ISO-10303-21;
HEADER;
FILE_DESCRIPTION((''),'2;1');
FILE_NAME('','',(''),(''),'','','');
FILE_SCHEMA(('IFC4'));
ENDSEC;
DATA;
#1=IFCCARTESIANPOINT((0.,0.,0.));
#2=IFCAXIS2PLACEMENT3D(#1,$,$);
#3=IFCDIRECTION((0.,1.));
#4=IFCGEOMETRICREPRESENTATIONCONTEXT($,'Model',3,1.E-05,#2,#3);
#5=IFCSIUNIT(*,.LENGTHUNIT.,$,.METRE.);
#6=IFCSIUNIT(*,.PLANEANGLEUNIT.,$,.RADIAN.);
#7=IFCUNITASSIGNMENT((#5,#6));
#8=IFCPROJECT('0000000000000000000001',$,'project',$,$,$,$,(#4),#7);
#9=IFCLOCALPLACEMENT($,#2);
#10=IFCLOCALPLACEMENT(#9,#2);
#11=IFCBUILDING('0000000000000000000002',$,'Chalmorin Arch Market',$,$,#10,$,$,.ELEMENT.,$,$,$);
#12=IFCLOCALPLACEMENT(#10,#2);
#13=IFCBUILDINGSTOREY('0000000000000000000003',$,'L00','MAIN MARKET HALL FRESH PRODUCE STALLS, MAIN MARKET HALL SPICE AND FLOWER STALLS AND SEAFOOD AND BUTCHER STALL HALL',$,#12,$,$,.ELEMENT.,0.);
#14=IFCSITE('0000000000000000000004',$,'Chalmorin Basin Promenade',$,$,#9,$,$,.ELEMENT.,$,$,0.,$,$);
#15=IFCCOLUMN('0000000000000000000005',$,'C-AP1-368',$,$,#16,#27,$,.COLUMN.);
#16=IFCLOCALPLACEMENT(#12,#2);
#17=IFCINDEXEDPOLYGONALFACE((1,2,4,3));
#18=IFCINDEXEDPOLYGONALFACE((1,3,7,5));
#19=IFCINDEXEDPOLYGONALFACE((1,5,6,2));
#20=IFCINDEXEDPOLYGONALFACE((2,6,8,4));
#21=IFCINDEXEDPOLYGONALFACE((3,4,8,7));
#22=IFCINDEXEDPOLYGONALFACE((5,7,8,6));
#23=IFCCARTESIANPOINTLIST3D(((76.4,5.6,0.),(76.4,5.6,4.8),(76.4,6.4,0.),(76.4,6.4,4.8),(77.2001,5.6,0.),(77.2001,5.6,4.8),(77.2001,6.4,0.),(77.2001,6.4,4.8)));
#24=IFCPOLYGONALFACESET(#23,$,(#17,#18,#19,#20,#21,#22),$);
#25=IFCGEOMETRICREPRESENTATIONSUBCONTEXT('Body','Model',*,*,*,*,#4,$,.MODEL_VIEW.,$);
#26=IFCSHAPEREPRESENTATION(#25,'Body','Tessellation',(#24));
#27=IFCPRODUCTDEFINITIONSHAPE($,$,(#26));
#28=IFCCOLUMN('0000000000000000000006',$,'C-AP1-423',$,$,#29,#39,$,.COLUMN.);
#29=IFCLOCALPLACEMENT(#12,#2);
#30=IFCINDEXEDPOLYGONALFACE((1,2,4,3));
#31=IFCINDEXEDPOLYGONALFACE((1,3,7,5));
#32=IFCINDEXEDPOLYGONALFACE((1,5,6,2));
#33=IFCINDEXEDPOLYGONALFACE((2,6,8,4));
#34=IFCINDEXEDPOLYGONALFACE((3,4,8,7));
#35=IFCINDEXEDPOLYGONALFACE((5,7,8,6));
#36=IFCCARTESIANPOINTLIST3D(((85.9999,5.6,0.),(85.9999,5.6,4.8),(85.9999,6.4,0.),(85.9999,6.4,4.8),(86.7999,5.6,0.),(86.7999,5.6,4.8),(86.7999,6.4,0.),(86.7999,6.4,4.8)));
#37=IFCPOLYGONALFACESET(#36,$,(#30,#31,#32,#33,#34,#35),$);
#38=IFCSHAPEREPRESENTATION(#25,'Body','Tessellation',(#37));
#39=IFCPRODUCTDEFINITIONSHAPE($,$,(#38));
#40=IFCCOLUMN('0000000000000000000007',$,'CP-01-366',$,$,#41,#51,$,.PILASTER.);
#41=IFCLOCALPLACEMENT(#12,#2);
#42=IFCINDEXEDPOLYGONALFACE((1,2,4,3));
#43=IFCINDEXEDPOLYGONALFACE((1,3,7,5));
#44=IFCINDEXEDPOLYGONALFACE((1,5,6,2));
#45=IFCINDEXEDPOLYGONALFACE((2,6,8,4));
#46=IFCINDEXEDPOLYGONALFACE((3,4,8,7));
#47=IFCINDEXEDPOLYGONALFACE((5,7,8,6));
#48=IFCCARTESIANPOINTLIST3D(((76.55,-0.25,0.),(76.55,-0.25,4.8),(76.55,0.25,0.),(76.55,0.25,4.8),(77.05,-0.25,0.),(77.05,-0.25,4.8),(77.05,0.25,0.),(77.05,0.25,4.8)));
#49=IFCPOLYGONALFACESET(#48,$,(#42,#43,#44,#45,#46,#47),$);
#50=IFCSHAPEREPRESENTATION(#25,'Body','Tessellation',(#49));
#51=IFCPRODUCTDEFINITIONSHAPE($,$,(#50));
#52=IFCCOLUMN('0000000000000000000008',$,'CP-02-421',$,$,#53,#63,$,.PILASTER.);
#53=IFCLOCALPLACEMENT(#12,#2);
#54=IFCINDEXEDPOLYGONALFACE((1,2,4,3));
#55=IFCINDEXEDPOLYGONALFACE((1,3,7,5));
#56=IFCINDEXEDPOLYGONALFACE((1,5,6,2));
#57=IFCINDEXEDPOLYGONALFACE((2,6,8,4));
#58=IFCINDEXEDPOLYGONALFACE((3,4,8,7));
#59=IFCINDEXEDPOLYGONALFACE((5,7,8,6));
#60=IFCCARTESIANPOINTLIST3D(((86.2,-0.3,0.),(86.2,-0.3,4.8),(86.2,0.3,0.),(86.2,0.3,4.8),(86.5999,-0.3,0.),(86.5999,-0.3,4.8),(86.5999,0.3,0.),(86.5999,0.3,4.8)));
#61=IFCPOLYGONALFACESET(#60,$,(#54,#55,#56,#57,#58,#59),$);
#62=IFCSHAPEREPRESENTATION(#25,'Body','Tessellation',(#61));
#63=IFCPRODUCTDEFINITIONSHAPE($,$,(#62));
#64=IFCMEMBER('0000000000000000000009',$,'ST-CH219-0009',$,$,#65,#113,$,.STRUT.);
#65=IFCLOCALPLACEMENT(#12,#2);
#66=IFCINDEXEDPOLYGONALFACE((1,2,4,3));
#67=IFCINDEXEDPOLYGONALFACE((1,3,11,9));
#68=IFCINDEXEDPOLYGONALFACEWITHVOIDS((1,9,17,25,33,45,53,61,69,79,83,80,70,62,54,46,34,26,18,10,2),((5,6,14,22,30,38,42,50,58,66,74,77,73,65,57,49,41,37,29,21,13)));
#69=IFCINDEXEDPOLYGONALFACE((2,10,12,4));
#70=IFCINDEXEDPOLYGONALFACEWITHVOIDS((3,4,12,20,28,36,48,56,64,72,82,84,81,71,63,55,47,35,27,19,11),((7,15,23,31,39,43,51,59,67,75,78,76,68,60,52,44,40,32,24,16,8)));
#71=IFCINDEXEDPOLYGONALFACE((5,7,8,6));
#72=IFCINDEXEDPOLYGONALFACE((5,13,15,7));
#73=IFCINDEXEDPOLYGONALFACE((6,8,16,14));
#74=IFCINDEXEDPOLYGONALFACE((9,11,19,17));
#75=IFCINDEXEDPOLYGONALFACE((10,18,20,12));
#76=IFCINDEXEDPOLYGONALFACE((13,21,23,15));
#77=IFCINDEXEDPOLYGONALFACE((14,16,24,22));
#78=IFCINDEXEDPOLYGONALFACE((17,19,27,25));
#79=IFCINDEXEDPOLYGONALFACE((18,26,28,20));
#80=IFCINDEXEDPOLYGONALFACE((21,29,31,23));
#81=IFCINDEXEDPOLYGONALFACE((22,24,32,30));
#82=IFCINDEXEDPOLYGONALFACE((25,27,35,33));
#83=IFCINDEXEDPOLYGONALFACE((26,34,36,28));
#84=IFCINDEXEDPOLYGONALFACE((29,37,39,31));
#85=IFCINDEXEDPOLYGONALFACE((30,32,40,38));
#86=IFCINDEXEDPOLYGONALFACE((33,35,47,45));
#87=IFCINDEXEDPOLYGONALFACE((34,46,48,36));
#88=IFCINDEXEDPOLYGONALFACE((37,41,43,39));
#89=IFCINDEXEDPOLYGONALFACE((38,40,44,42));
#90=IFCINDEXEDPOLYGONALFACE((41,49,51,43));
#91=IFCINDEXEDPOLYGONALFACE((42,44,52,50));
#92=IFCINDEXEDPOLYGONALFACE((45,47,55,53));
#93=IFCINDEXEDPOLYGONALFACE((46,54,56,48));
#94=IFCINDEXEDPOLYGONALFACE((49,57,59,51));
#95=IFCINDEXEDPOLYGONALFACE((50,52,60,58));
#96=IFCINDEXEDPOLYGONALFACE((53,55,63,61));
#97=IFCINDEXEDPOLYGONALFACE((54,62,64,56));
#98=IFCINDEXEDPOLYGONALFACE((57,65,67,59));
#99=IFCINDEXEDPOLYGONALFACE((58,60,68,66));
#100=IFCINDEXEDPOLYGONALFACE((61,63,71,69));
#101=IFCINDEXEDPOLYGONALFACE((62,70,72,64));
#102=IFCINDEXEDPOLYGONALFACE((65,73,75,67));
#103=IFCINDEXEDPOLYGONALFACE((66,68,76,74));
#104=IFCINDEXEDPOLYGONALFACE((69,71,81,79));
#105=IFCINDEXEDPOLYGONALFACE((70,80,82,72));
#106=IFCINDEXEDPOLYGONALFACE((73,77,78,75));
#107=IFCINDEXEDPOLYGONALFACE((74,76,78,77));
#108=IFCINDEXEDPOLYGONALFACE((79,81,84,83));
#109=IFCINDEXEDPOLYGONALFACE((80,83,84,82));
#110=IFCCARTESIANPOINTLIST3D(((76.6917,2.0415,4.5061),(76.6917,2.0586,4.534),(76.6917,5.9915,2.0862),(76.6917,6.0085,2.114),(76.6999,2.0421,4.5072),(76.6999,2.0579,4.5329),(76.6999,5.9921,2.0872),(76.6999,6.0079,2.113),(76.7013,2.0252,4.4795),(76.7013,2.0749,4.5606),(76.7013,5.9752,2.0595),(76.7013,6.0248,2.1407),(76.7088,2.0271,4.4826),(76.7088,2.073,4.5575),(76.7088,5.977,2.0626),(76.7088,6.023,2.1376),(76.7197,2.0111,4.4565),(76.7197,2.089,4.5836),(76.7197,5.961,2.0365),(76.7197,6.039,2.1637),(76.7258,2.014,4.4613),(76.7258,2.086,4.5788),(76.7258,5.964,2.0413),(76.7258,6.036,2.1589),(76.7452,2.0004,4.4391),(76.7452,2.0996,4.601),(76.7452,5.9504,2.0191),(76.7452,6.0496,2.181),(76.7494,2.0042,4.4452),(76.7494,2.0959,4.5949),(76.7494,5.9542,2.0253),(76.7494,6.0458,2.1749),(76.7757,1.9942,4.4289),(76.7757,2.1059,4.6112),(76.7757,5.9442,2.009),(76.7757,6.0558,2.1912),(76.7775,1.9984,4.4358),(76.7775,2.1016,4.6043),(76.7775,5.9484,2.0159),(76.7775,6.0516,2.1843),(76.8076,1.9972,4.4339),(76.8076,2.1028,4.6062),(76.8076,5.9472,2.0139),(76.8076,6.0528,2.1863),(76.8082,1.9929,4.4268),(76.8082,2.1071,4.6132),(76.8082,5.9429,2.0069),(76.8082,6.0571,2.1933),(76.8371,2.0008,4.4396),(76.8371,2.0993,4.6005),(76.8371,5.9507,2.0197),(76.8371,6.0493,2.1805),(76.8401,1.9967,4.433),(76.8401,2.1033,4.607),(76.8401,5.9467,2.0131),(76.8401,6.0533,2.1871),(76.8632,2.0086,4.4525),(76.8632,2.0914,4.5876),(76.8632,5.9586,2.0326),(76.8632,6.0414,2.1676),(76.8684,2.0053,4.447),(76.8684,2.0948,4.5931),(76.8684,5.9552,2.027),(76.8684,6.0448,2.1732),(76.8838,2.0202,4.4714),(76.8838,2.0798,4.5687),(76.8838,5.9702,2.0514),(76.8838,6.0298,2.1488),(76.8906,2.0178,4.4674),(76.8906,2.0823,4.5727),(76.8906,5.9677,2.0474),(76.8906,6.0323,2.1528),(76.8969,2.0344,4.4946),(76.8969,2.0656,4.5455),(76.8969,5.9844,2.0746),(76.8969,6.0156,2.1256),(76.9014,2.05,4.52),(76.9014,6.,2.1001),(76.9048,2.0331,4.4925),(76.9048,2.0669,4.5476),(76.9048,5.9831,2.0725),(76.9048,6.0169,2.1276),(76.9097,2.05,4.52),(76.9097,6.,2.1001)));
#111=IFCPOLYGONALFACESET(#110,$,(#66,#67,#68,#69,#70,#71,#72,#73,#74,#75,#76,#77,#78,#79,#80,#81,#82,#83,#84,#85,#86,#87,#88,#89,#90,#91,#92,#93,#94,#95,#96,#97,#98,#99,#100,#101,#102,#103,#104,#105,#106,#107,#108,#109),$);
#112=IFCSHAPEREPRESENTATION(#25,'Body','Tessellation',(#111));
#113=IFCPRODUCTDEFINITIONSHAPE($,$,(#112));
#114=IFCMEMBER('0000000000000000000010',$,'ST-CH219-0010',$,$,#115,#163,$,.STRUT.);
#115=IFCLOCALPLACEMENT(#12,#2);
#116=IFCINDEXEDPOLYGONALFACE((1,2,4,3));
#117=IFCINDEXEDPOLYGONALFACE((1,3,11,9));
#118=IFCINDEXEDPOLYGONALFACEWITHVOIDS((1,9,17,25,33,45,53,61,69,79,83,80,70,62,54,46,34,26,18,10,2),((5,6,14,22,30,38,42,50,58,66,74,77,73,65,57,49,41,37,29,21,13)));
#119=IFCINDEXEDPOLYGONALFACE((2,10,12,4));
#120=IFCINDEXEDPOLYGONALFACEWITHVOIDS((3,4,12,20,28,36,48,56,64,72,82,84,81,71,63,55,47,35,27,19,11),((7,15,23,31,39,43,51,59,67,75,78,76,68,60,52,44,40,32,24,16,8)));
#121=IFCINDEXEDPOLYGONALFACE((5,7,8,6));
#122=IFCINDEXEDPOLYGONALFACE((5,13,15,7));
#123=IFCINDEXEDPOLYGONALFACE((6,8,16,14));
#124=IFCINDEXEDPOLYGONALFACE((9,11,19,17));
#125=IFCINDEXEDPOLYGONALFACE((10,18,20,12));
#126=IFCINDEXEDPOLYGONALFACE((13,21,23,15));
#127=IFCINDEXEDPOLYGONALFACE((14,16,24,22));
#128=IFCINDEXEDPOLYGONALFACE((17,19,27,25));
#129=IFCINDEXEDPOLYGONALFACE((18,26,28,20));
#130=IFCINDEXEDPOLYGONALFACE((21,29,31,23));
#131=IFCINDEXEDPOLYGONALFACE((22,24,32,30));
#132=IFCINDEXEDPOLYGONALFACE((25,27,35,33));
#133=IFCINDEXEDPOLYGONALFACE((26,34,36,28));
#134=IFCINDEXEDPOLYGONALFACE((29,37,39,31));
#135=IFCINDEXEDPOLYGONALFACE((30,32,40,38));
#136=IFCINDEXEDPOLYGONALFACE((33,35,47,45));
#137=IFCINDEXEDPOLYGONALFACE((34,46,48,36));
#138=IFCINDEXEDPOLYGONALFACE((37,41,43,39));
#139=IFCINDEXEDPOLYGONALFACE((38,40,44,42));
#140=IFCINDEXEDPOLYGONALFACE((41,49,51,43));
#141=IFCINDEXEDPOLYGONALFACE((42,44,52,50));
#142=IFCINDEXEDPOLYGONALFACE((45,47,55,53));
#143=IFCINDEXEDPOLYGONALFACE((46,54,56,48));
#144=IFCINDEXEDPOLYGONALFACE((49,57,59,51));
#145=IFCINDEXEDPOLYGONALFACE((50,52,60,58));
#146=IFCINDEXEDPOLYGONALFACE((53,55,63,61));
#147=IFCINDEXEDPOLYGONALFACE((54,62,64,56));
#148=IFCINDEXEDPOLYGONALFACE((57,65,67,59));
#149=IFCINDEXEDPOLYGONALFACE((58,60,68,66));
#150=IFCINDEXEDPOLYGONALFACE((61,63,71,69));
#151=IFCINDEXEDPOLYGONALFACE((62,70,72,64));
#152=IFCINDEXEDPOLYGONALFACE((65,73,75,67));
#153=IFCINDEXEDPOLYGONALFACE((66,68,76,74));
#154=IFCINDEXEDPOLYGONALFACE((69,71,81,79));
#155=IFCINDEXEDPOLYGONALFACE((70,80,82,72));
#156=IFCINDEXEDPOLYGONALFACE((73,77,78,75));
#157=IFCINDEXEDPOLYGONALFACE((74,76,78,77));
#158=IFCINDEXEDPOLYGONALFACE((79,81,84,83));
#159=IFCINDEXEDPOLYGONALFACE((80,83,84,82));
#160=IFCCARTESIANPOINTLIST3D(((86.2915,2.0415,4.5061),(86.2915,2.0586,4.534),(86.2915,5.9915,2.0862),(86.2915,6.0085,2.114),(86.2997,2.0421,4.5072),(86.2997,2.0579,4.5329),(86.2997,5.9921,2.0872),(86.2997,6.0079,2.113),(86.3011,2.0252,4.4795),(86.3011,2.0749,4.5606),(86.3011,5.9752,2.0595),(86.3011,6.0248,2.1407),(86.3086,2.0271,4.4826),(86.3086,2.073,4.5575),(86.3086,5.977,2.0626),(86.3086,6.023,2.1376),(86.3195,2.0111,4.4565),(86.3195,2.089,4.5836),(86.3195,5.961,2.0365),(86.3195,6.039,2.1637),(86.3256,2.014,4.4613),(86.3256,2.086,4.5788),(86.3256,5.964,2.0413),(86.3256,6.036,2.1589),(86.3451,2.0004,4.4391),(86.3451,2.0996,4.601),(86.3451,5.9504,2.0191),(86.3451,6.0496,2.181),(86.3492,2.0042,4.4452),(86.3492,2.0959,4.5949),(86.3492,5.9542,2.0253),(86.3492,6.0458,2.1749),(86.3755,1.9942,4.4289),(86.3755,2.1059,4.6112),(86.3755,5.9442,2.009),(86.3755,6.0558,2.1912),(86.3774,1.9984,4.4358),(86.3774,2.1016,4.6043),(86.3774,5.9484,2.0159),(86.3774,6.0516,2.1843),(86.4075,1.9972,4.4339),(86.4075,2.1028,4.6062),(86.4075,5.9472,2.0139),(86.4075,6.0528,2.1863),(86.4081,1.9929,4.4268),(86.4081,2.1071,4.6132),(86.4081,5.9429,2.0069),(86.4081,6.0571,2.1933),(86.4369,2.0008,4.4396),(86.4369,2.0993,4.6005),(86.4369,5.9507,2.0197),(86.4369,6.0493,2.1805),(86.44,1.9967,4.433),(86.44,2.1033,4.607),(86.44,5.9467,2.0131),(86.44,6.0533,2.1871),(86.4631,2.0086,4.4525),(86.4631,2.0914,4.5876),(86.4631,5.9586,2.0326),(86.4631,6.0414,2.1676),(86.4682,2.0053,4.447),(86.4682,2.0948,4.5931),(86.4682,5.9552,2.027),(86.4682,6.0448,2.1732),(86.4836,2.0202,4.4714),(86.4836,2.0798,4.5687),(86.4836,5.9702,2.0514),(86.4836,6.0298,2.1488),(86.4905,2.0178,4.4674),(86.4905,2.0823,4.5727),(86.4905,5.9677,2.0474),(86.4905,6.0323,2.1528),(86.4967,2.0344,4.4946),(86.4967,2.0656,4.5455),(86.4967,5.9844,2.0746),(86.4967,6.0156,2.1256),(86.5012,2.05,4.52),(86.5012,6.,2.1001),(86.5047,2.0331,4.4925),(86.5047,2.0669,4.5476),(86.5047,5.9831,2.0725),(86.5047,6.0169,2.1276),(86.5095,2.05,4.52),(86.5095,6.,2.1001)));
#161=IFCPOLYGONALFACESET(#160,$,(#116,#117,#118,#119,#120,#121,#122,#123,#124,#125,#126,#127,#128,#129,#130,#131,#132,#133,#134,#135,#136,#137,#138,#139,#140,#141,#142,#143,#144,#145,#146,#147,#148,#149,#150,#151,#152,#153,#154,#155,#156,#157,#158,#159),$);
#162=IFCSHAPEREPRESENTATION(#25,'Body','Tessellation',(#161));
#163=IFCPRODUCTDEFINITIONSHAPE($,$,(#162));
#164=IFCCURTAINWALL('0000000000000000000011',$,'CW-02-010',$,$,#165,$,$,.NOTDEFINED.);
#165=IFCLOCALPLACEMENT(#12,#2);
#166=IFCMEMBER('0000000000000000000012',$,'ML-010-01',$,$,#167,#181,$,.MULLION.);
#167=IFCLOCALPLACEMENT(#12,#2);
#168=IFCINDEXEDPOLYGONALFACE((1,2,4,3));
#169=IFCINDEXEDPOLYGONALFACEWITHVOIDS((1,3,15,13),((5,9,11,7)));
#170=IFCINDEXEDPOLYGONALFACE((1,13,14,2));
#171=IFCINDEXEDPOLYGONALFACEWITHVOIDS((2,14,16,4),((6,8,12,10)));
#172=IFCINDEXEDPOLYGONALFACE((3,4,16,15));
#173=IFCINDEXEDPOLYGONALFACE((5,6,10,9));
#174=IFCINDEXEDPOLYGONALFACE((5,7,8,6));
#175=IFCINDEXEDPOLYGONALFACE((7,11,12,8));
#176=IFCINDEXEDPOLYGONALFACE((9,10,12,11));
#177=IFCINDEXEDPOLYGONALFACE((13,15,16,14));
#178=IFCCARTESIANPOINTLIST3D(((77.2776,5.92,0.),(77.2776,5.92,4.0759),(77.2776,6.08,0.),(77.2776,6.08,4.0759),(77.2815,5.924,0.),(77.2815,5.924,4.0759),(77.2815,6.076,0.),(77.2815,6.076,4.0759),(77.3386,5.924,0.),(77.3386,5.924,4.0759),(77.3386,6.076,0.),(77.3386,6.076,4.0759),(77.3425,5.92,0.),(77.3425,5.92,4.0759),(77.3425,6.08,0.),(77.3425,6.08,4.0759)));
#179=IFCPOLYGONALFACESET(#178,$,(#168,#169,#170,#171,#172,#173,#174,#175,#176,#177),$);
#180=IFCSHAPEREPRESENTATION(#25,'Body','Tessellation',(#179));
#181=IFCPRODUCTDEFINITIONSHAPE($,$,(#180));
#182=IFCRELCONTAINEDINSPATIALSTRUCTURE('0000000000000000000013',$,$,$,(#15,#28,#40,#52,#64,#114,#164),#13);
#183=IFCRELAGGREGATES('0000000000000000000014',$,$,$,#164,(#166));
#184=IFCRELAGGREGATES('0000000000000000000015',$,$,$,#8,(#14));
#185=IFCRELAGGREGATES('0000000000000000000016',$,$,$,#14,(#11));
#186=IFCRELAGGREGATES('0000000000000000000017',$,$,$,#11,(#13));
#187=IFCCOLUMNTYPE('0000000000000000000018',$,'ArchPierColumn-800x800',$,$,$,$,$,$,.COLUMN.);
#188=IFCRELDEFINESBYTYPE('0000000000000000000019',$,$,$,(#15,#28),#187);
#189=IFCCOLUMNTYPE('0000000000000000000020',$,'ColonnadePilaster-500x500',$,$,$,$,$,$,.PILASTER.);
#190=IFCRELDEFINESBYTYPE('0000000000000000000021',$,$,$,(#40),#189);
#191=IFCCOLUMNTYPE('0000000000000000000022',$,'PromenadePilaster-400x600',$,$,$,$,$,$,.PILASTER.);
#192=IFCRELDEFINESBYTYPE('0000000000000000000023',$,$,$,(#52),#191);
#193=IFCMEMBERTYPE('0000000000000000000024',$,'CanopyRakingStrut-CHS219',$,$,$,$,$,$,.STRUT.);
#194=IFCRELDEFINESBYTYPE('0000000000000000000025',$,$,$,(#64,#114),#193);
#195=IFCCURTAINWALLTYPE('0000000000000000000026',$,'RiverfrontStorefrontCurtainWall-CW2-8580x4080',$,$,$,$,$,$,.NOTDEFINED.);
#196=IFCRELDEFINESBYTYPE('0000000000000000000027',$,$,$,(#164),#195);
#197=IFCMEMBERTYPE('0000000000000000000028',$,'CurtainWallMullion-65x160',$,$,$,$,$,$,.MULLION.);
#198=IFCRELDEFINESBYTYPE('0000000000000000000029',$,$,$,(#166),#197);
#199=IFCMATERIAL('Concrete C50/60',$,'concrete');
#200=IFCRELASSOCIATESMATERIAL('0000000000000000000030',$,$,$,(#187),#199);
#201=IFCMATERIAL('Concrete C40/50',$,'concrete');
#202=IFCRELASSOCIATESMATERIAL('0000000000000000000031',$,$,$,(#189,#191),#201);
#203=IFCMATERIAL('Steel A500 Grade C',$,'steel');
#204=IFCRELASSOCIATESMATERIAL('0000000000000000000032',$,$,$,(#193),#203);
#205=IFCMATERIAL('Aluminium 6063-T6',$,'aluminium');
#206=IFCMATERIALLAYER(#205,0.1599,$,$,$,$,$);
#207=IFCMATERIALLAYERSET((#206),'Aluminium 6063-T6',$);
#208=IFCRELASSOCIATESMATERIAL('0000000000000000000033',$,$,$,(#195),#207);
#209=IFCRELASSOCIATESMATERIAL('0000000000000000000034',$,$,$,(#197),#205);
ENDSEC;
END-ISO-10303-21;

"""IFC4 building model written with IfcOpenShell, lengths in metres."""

from ifc_helpers import new_model, si_unit, direction, frame, origin, origin_2d, place, context, subcontext, project, spatial, rectangle, hollow_rectangle, hollow_circle, extrude, material, layer, layer_set, material_profile, profile_set, type_object, element, aggregate, save


model = new_model("IFC4")

# Units and contexts
model_context = context("Model", 3, precision=1e-05, world=origin(), true_north=direction((0.0, 1.0)))
body_context = subcontext(model_context, "Body", "Model", "MODEL_VIEW")
ifc_project = project(units=[si_unit("LENGTHUNIT", "METRE"), si_unit("PLANEANGLEUNIT", "RADIAN")], contexts=[model_context])

# Site, building, storey
site_placement = place(None, origin())
site = spatial("IfcSite", under=ifc_project, at=site_placement, Name="Chalmorin Basin Promenade", CompositionType="ELEMENT", RefElevation=0.0)
building_placement = place(site_placement, origin())
building = spatial("IfcBuilding", under=site, at=building_placement, Name="Chalmorin Arch Market", CompositionType="ELEMENT")
storey_placement = place(building_placement, origin())
storey = spatial("IfcBuildingStorey", under=building, at=storey_placement, Name="L00", Description="MAIN MARKET HALL FRESH PRODUCE STALLS, MAIN MARKET HALL SPICE AND FLOWER STALLS AND SEAFOOD AND BUTCHER STALL HALL", CompositionType="ELEMENT", Elevation=0.0)

# Columns
ifc_material_1 = material(Name="Concrete C50/60", Category="concrete")
ifc_material_profile_1 = material_profile(ifc_material_1, rectangle(XDim=0.8, YDim=0.8, at=origin_2d()), Name="RC800X800")
ifc_profile_set_1 = profile_set([ifc_material_profile_1], Name="Concrete C50/60")
column_type_1 = type_object("IfcColumnType", Name="ArchPierColumn-800x800", PredefinedType="COLUMN", material=ifc_profile_set_1)
for number, where, z_axis, x_axis, name in (
    (1, (76.8, 6.0, 0.0), (0.0, 0.0, 1.0), (1.0, 0.0, 0.0), "C-AP1-368"),
    (2, (86.3999, 6.0, 0.0), (0.0, 0.0, 1.0), (1.0, 0.0, 0.0), "C-AP1-423"),
):
    element("IfcColumn", number, at=place(storey_placement, frame(where, z_axis=z_axis, x_axis=x_axis)), inside=storey, type_object=column_type_1, Name=name, PredefinedType="COLUMN", context=body_context, shape_type="SweptSolid", body=[
        extrude(rectangle(XDim=0.8, YDim=0.8, at=origin_2d()), origin(), (0.0, 0.0, 1.0), 4.8),
    ])
ifc_material_2 = material(Name="Concrete C40/50", Category="concrete")
ifc_material_profile_2 = material_profile(ifc_material_2, rectangle(XDim=0.5, YDim=0.5, at=origin_2d()), Name="RC500X500")
ifc_profile_set_2 = profile_set([ifc_material_profile_2], Name="Concrete C40/50")
column_type_2 = type_object("IfcColumnType", Name="ColonnadePilaster-500x500", PredefinedType="PILASTER", material=ifc_profile_set_2)
column_1_placement = place(storey_placement, frame((76.8, 0.0, 0.0), z_axis=(0.0, 0.0, 1.0), x_axis=(1.0, 0.0, 0.0)))
element("IfcColumn", 3, at=column_1_placement, inside=storey, type_object=column_type_2, Name="CP-01-366", PredefinedType="PILASTER", context=body_context, shape_type="SweptSolid", body=[
    extrude(rectangle(XDim=0.5, YDim=0.5, at=origin_2d()), origin(), (0.0, 0.0, 1.0), 4.8),
])
ifc_material_profile_3 = material_profile(ifc_material_2, rectangle(XDim=0.3999, YDim=0.6001, at=origin_2d()), Name="RC400X600")
ifc_profile_set_3 = profile_set([ifc_material_profile_3], Name="Concrete C40/50")
column_type_3 = type_object("IfcColumnType", Name="PromenadePilaster-400x600", PredefinedType="PILASTER", material=ifc_profile_set_3)
column_2_placement = place(storey_placement, frame((86.3999, 0.0, 0.0), z_axis=(0.0, 0.0, 1.0), x_axis=(1.0, 0.0, 0.0)))
element("IfcColumn", 4, at=column_2_placement, inside=storey, type_object=column_type_3, Name="CP-02-421", PredefinedType="PILASTER", context=body_context, shape_type="SweptSolid", body=[
    extrude(rectangle(XDim=0.3999, YDim=0.6001, at=origin_2d()), origin(), (0.0, 0.0, 1.0), 4.8),
])

# Members
ifc_material_3 = material(Name="Steel A500 Grade C", Category="steel")
ifc_material_profile_4 = material_profile(ifc_material_3, hollow_circle(Radius=0.1096, WallThickness=0.0083, at=origin_2d()), Name="CHS219X8")
ifc_profile_set_4 = profile_set([ifc_material_profile_4], Name="Steel A500 Grade C")
member_type_1 = type_object("IfcMemberType", Name="CanopyRakingStrut-CHS219", PredefinedType="STRUT", material=ifc_profile_set_4)
for number, where, z_axis, x_axis, name in (
    (5, (76.8, 6.0, 2.1001), (0.0, -0.852699, 0.522403), (1.0, 0.0, 0.0), "ST-CH219-0009"),
    (6, (86.3999, 6.0, 2.1001), (0.0, -0.852699, 0.522403), (1.0, 0.0, 0.0), "ST-CH219-0010"),
):
    element("IfcMember", number, at=place(storey_placement, frame(where, z_axis=z_axis, x_axis=x_axis)), inside=storey, type_object=member_type_1, Name=name, PredefinedType="STRUT", context=body_context, shape_type="SweptSolid", body=[
        extrude(hollow_circle(Radius=0.1096, WallThickness=0.0083, at=origin_2d()), origin(), (0.0, 0.0, 1.0), 4.6323),
    ])

# Curtain wall, member
ifc_material_4 = material(Name="Aluminium 6063-T6", Category="aluminium")
ifc_layer_1 = layer(ifc_material_4, 0.1599)
ifc_layer_set_1 = layer_set([ifc_layer_1], Name="Aluminium 6063-T6")
curtain_wall_type = type_object("IfcCurtainWallType", Name="RiverfrontStorefrontCurtainWall-CW2-8580x4080", PredefinedType="NOTDEFINED", material=ifc_layer_set_1)
curtain_wall_placement = place(storey_placement, origin())
curtain_wall = element("IfcCurtainWall", 7, at=curtain_wall_placement, inside=storey, type_object=curtain_wall_type, Name="CW-02-010", PredefinedType="NOTDEFINED")
ifc_material_profile_5 = material_profile(ifc_material_4, hollow_rectangle(XDim=0.0649, YDim=0.1599, WallThickness=0.0039, at=origin_2d()), Name="ALU65X160X4")
ifc_profile_set_5 = profile_set([ifc_material_profile_5], Name="Aluminium 6063-T6")
member_type_2 = type_object("IfcMemberType", Name="CurtainWallMullion-65x160", PredefinedType="MULLION", material=ifc_profile_set_5)
member_1_placement = place(storey_placement, frame((77.3101, 6.0, 0.0), z_axis=(0.0, 0.0, 1.0), x_axis=(1.0, 0.0, 0.0)))
member_1 = element("IfcMember", 8, at=member_1_placement, type_object=member_type_2, Name="ML-010-01", PredefinedType="MULLION", context=body_context, shape_type="SweptSolid", body=[
    extrude(hollow_rectangle(XDim=0.0649, YDim=0.1599, WallThickness=0.0039, at=origin_2d()), origin(), (0.0, 0.0, 1.0), 4.0759),
])

aggregate(curtain_wall, [member_1])

save(model, "model.ifc")
